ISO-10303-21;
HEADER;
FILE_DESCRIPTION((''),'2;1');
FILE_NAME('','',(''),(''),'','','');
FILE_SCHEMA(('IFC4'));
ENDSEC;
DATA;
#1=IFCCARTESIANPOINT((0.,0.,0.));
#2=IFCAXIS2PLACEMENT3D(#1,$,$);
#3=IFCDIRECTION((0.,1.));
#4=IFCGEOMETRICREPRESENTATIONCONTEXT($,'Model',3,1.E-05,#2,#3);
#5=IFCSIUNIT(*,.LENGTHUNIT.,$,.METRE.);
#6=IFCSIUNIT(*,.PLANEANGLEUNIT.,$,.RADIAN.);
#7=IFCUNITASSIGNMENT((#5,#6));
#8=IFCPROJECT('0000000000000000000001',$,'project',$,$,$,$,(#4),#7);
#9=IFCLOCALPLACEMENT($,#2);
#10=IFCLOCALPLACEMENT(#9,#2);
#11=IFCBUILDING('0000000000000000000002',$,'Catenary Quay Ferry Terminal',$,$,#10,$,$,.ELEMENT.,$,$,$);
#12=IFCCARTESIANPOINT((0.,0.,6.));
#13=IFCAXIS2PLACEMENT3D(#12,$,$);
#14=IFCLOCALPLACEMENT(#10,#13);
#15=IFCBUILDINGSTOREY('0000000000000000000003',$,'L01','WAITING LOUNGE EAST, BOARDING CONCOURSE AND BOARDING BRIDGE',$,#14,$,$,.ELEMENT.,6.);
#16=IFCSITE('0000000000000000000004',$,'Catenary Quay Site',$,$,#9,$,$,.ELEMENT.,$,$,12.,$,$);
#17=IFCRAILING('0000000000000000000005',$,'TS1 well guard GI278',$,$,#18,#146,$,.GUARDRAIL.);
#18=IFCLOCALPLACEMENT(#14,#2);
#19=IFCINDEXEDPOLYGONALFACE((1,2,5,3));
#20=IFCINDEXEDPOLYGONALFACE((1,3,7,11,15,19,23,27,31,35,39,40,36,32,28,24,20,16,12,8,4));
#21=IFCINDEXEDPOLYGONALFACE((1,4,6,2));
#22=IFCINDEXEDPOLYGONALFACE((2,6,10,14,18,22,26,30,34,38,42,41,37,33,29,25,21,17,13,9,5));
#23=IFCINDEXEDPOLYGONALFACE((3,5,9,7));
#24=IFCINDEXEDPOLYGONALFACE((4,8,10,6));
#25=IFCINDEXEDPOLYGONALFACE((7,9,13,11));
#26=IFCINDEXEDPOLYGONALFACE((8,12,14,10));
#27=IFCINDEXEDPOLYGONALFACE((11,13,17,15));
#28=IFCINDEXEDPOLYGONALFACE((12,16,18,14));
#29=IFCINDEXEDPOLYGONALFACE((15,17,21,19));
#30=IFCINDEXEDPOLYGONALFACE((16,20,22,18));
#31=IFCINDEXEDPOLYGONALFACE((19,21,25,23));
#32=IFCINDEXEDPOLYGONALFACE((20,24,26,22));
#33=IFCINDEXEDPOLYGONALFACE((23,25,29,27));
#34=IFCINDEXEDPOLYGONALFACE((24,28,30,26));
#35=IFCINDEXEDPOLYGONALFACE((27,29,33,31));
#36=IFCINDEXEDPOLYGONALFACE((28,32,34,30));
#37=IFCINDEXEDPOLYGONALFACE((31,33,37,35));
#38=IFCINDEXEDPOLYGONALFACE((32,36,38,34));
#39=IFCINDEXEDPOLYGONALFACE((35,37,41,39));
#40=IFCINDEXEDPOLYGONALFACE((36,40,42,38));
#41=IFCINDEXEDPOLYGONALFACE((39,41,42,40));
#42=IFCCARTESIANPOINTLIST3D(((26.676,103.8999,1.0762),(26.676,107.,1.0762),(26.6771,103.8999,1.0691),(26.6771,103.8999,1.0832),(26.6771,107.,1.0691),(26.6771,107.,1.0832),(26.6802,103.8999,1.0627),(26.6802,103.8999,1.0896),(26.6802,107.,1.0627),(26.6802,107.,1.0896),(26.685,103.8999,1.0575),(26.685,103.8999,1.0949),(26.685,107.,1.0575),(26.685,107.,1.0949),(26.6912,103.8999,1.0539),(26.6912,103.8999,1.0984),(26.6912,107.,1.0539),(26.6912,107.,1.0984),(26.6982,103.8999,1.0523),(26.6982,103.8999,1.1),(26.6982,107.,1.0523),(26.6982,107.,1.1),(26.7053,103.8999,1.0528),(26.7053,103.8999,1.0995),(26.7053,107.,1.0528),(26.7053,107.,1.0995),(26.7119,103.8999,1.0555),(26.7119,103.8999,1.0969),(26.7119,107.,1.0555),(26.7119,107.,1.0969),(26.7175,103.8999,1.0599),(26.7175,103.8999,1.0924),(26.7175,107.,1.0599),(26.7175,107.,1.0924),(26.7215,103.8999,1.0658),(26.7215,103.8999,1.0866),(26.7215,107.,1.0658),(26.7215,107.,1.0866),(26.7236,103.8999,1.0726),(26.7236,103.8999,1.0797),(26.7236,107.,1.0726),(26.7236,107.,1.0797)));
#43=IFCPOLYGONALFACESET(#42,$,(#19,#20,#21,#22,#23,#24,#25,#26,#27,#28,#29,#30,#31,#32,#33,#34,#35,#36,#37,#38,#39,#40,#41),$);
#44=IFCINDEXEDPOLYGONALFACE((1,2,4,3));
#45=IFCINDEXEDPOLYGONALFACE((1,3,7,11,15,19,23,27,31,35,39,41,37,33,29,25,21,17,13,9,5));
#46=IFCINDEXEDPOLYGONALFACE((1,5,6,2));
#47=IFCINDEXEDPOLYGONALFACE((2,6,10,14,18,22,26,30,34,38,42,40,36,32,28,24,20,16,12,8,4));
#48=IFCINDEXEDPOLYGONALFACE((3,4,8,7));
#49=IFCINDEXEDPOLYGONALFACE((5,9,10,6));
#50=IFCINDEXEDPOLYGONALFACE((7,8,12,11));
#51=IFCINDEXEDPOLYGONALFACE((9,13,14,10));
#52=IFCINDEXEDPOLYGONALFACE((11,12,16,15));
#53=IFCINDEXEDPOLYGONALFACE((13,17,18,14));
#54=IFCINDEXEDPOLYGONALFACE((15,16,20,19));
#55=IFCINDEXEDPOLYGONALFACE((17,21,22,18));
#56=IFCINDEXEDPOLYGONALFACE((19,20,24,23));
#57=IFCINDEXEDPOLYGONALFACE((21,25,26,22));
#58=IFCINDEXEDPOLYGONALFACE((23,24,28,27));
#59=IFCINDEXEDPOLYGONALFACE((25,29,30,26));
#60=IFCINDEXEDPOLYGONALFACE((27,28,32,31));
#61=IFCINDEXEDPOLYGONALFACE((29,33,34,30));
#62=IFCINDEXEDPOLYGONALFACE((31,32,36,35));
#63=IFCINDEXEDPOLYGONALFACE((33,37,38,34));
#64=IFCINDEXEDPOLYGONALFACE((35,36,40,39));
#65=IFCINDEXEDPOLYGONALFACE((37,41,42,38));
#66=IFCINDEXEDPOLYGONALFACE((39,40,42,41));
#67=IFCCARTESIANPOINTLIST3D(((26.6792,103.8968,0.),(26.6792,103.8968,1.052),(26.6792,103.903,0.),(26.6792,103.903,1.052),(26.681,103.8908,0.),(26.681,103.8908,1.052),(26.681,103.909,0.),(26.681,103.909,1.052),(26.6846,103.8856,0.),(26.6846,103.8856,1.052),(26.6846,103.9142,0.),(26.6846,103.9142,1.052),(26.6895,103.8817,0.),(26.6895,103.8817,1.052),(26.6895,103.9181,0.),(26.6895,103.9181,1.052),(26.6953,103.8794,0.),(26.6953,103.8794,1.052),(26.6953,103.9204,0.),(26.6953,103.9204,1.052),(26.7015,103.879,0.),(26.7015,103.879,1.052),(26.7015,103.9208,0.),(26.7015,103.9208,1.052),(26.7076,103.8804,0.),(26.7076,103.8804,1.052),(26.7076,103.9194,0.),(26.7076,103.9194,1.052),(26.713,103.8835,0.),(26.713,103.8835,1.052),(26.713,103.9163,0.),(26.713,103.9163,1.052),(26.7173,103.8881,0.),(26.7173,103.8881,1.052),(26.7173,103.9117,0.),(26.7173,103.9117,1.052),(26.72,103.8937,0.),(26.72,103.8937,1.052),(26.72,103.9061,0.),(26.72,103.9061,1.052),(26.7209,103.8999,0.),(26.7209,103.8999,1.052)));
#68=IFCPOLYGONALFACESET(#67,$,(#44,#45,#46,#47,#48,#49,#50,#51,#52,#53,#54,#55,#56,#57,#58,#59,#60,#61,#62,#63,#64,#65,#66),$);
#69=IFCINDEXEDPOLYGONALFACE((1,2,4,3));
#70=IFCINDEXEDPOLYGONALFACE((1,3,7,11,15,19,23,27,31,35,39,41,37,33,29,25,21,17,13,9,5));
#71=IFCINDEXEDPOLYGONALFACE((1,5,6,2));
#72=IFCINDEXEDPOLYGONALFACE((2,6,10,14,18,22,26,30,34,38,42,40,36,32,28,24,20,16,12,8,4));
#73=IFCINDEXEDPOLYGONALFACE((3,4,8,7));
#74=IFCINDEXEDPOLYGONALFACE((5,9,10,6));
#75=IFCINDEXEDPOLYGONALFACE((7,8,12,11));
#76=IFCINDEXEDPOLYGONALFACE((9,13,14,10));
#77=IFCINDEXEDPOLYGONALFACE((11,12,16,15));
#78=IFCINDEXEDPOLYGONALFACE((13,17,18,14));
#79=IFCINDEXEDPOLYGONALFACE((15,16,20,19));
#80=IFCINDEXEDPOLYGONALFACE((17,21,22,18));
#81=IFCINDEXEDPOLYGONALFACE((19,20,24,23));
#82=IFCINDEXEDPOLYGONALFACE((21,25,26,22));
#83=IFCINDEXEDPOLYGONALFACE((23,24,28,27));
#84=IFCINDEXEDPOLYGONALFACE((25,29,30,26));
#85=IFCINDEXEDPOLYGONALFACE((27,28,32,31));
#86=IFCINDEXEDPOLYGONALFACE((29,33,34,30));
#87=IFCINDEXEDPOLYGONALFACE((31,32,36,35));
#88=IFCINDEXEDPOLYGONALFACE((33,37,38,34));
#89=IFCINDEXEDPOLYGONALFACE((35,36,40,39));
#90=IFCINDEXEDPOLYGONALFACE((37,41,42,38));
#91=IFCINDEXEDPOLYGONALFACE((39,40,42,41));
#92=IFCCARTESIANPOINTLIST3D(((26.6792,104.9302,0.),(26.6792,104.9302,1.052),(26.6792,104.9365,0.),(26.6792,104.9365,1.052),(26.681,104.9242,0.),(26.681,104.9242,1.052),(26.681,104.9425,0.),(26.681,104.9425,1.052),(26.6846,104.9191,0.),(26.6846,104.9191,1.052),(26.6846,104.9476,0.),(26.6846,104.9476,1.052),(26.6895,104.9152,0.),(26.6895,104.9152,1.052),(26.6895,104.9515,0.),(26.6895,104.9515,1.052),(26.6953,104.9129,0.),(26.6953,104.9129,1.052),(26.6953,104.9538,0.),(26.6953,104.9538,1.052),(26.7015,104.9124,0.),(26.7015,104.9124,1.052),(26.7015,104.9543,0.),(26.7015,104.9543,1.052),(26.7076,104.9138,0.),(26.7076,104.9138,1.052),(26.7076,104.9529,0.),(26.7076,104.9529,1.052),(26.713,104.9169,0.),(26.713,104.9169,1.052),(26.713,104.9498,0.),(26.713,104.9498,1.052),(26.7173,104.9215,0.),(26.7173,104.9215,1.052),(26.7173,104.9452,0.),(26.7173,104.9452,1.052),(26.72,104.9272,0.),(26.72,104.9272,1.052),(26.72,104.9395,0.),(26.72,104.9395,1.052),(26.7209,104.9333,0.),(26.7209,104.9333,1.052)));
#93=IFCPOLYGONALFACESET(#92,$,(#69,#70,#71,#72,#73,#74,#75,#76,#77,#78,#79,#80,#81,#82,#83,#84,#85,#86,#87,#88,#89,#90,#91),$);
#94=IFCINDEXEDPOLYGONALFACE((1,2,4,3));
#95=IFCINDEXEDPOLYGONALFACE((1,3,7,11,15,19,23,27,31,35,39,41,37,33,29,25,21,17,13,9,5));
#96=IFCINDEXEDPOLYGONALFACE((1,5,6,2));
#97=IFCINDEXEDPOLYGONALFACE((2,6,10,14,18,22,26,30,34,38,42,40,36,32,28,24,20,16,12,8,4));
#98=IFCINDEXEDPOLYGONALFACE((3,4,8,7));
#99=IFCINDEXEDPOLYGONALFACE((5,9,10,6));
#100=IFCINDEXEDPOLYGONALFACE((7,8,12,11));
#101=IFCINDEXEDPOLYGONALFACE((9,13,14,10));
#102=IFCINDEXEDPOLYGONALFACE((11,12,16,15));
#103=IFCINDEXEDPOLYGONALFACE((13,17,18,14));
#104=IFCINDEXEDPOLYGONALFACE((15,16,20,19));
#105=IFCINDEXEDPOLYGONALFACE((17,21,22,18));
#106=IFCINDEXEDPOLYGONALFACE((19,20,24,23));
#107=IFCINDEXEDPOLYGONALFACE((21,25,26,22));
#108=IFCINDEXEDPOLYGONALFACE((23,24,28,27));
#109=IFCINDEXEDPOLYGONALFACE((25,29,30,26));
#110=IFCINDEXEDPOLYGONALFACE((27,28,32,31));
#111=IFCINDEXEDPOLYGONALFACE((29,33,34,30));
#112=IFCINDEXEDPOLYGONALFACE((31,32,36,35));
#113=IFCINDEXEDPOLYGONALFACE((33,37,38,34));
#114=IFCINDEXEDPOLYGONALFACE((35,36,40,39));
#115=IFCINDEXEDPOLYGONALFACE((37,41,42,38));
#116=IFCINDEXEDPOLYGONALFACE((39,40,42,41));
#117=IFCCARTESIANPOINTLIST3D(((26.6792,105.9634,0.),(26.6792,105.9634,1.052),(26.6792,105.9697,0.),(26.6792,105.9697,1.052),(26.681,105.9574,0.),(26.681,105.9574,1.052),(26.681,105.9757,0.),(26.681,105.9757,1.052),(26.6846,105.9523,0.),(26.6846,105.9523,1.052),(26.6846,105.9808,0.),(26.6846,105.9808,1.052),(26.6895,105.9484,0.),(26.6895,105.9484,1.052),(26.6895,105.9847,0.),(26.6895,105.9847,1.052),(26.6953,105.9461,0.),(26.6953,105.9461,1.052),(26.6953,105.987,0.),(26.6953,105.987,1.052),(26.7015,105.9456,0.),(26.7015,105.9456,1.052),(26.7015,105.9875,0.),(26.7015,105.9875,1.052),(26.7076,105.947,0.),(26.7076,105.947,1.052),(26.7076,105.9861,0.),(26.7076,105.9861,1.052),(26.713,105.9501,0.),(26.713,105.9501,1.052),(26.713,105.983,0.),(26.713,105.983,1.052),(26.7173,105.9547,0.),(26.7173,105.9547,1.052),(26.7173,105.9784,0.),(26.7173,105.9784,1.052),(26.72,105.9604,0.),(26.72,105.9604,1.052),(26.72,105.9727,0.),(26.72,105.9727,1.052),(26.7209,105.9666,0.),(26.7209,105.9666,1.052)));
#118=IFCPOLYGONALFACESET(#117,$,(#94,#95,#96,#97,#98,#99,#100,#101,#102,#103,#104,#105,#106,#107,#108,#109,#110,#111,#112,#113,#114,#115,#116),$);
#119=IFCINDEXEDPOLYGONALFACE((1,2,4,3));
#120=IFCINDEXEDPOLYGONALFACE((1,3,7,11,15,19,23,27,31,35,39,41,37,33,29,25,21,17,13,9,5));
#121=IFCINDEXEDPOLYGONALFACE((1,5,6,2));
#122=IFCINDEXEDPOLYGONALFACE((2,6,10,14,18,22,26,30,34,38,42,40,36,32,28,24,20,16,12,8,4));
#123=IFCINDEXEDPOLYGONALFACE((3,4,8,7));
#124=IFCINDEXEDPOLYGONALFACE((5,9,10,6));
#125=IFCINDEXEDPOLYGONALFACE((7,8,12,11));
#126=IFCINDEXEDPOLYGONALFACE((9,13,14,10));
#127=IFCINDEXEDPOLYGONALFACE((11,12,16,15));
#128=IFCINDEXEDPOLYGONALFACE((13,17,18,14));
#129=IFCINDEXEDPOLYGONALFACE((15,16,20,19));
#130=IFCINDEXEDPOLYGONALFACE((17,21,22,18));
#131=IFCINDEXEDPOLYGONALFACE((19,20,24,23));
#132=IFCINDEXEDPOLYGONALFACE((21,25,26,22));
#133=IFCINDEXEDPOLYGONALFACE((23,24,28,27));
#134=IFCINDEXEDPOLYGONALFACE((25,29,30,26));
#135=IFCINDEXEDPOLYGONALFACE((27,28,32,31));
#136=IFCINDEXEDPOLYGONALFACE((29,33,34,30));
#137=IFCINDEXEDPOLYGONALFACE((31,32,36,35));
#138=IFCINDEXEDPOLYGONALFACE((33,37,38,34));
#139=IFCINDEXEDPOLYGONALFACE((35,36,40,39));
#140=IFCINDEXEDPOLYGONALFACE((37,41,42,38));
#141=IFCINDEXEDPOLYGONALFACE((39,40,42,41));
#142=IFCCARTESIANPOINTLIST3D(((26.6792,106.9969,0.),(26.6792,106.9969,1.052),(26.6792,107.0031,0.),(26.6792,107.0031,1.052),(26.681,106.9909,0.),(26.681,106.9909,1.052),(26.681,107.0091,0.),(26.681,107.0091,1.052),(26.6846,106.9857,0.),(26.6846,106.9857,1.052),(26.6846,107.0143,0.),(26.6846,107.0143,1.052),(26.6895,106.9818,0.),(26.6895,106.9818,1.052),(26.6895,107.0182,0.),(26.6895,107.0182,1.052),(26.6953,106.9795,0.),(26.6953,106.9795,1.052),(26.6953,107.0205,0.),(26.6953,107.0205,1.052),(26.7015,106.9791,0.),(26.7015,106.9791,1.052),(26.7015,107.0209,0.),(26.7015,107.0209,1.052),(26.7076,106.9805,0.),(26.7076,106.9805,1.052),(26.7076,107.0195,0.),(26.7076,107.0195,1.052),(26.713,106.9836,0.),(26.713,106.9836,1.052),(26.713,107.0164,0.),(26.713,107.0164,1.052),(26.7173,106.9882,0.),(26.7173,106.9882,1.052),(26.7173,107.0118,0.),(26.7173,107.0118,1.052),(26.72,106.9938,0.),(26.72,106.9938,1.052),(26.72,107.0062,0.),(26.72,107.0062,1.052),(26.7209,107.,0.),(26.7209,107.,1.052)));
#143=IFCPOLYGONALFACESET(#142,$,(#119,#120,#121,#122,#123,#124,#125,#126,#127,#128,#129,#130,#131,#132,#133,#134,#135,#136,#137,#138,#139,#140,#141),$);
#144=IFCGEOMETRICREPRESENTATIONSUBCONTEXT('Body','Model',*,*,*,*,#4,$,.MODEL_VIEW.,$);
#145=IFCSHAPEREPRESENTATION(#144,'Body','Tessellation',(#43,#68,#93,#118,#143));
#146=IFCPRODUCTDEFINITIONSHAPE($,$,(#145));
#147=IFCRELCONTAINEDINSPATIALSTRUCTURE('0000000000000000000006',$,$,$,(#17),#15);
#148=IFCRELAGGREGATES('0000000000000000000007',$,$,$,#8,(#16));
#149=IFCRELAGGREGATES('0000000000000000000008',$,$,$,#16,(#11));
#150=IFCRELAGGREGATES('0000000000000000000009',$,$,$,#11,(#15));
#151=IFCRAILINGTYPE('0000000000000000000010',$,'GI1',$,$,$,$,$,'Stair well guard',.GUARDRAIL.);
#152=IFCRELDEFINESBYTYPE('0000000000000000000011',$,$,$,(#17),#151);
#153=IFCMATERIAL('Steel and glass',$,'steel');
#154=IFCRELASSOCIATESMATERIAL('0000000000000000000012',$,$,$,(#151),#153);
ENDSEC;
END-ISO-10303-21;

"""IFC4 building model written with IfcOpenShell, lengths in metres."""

from ifc_helpers import new_model, si_unit, direction, frame, origin, origin_2d, place, context, subcontext, project, spatial, circle, extrude, material, type_object, element, save


model = new_model("IFC4")

# Units and contexts
model_context = context("Model", 3, precision=1e-05, world=origin(), true_north=direction((0.0, 1.0)))
body_context = subcontext(model_context, "Body", "Model", "MODEL_VIEW")
ifc_project = project(units=[si_unit("LENGTHUNIT", "METRE"), si_unit("PLANEANGLEUNIT", "RADIAN")], contexts=[model_context])

# Site, building, storey
site_placement = place(None, origin())
site = spatial("IfcSite", under=ifc_project, at=site_placement, Name="Catenary Quay Site", CompositionType="ELEMENT", RefElevation=12.0)
building_placement = place(site_placement, origin())
building = spatial("IfcBuilding", under=site, at=building_placement, Name="Catenary Quay Ferry Terminal", CompositionType="ELEMENT")
storey_placement = place(building_placement, frame((0.0, 0.0, 6.0)))
storey = spatial("IfcBuildingStorey", under=building, at=storey_placement, Name="L01", Description="WAITING LOUNGE EAST, BOARDING CONCOURSE AND BOARDING BRIDGE", CompositionType="ELEMENT", Elevation=6.0)

# Railing
ifc_material_1 = material(Name="Steel and glass", Category="steel")
railing_type = type_object("IfcRailingType", Name="GI1", ElementType="Stair well guard", PredefinedType="GUARDRAIL", material=ifc_material_1)
railing_placement = place(storey_placement, frame((26.7, 103.8999, 0.0)))
element("IfcRailing", 1, at=railing_placement, inside=storey, type_object=railing_type, Name="TS1 well guard GI278", PredefinedType="GUARDRAIL", context=body_context, shape_type="SweptSolid", body=[
    extrude(circle(Radius=0.0239, at=origin_2d()), frame((0.0, 0.0, 1.0762), z_axis=(0.0, 1.0, 0.0), x_axis=(-1.0, 0.0, 0.0)), (0.0, 0.0, 1.0), 3.1001),
    extrude(circle(Radius=0.021, at=origin_2d()), origin(), (0.0, 0.0, 1.0), 1.052),
    extrude(circle(Radius=0.021, at=origin_2d()), frame((0.0, 1.0334, 0.0)), (0.0, 0.0, 1.0), 1.052),
    extrude(circle(Radius=0.021, at=origin_2d()), frame((0.0, 2.0667, 0.0)), (0.0, 0.0, 1.0), 1.052),
    extrude(circle(Radius=0.021, at=origin_2d()), frame((0.0, 3.1001, 0.0)), (0.0, 0.0, 1.0), 1.052),
])

save(model, "model.ifc")
